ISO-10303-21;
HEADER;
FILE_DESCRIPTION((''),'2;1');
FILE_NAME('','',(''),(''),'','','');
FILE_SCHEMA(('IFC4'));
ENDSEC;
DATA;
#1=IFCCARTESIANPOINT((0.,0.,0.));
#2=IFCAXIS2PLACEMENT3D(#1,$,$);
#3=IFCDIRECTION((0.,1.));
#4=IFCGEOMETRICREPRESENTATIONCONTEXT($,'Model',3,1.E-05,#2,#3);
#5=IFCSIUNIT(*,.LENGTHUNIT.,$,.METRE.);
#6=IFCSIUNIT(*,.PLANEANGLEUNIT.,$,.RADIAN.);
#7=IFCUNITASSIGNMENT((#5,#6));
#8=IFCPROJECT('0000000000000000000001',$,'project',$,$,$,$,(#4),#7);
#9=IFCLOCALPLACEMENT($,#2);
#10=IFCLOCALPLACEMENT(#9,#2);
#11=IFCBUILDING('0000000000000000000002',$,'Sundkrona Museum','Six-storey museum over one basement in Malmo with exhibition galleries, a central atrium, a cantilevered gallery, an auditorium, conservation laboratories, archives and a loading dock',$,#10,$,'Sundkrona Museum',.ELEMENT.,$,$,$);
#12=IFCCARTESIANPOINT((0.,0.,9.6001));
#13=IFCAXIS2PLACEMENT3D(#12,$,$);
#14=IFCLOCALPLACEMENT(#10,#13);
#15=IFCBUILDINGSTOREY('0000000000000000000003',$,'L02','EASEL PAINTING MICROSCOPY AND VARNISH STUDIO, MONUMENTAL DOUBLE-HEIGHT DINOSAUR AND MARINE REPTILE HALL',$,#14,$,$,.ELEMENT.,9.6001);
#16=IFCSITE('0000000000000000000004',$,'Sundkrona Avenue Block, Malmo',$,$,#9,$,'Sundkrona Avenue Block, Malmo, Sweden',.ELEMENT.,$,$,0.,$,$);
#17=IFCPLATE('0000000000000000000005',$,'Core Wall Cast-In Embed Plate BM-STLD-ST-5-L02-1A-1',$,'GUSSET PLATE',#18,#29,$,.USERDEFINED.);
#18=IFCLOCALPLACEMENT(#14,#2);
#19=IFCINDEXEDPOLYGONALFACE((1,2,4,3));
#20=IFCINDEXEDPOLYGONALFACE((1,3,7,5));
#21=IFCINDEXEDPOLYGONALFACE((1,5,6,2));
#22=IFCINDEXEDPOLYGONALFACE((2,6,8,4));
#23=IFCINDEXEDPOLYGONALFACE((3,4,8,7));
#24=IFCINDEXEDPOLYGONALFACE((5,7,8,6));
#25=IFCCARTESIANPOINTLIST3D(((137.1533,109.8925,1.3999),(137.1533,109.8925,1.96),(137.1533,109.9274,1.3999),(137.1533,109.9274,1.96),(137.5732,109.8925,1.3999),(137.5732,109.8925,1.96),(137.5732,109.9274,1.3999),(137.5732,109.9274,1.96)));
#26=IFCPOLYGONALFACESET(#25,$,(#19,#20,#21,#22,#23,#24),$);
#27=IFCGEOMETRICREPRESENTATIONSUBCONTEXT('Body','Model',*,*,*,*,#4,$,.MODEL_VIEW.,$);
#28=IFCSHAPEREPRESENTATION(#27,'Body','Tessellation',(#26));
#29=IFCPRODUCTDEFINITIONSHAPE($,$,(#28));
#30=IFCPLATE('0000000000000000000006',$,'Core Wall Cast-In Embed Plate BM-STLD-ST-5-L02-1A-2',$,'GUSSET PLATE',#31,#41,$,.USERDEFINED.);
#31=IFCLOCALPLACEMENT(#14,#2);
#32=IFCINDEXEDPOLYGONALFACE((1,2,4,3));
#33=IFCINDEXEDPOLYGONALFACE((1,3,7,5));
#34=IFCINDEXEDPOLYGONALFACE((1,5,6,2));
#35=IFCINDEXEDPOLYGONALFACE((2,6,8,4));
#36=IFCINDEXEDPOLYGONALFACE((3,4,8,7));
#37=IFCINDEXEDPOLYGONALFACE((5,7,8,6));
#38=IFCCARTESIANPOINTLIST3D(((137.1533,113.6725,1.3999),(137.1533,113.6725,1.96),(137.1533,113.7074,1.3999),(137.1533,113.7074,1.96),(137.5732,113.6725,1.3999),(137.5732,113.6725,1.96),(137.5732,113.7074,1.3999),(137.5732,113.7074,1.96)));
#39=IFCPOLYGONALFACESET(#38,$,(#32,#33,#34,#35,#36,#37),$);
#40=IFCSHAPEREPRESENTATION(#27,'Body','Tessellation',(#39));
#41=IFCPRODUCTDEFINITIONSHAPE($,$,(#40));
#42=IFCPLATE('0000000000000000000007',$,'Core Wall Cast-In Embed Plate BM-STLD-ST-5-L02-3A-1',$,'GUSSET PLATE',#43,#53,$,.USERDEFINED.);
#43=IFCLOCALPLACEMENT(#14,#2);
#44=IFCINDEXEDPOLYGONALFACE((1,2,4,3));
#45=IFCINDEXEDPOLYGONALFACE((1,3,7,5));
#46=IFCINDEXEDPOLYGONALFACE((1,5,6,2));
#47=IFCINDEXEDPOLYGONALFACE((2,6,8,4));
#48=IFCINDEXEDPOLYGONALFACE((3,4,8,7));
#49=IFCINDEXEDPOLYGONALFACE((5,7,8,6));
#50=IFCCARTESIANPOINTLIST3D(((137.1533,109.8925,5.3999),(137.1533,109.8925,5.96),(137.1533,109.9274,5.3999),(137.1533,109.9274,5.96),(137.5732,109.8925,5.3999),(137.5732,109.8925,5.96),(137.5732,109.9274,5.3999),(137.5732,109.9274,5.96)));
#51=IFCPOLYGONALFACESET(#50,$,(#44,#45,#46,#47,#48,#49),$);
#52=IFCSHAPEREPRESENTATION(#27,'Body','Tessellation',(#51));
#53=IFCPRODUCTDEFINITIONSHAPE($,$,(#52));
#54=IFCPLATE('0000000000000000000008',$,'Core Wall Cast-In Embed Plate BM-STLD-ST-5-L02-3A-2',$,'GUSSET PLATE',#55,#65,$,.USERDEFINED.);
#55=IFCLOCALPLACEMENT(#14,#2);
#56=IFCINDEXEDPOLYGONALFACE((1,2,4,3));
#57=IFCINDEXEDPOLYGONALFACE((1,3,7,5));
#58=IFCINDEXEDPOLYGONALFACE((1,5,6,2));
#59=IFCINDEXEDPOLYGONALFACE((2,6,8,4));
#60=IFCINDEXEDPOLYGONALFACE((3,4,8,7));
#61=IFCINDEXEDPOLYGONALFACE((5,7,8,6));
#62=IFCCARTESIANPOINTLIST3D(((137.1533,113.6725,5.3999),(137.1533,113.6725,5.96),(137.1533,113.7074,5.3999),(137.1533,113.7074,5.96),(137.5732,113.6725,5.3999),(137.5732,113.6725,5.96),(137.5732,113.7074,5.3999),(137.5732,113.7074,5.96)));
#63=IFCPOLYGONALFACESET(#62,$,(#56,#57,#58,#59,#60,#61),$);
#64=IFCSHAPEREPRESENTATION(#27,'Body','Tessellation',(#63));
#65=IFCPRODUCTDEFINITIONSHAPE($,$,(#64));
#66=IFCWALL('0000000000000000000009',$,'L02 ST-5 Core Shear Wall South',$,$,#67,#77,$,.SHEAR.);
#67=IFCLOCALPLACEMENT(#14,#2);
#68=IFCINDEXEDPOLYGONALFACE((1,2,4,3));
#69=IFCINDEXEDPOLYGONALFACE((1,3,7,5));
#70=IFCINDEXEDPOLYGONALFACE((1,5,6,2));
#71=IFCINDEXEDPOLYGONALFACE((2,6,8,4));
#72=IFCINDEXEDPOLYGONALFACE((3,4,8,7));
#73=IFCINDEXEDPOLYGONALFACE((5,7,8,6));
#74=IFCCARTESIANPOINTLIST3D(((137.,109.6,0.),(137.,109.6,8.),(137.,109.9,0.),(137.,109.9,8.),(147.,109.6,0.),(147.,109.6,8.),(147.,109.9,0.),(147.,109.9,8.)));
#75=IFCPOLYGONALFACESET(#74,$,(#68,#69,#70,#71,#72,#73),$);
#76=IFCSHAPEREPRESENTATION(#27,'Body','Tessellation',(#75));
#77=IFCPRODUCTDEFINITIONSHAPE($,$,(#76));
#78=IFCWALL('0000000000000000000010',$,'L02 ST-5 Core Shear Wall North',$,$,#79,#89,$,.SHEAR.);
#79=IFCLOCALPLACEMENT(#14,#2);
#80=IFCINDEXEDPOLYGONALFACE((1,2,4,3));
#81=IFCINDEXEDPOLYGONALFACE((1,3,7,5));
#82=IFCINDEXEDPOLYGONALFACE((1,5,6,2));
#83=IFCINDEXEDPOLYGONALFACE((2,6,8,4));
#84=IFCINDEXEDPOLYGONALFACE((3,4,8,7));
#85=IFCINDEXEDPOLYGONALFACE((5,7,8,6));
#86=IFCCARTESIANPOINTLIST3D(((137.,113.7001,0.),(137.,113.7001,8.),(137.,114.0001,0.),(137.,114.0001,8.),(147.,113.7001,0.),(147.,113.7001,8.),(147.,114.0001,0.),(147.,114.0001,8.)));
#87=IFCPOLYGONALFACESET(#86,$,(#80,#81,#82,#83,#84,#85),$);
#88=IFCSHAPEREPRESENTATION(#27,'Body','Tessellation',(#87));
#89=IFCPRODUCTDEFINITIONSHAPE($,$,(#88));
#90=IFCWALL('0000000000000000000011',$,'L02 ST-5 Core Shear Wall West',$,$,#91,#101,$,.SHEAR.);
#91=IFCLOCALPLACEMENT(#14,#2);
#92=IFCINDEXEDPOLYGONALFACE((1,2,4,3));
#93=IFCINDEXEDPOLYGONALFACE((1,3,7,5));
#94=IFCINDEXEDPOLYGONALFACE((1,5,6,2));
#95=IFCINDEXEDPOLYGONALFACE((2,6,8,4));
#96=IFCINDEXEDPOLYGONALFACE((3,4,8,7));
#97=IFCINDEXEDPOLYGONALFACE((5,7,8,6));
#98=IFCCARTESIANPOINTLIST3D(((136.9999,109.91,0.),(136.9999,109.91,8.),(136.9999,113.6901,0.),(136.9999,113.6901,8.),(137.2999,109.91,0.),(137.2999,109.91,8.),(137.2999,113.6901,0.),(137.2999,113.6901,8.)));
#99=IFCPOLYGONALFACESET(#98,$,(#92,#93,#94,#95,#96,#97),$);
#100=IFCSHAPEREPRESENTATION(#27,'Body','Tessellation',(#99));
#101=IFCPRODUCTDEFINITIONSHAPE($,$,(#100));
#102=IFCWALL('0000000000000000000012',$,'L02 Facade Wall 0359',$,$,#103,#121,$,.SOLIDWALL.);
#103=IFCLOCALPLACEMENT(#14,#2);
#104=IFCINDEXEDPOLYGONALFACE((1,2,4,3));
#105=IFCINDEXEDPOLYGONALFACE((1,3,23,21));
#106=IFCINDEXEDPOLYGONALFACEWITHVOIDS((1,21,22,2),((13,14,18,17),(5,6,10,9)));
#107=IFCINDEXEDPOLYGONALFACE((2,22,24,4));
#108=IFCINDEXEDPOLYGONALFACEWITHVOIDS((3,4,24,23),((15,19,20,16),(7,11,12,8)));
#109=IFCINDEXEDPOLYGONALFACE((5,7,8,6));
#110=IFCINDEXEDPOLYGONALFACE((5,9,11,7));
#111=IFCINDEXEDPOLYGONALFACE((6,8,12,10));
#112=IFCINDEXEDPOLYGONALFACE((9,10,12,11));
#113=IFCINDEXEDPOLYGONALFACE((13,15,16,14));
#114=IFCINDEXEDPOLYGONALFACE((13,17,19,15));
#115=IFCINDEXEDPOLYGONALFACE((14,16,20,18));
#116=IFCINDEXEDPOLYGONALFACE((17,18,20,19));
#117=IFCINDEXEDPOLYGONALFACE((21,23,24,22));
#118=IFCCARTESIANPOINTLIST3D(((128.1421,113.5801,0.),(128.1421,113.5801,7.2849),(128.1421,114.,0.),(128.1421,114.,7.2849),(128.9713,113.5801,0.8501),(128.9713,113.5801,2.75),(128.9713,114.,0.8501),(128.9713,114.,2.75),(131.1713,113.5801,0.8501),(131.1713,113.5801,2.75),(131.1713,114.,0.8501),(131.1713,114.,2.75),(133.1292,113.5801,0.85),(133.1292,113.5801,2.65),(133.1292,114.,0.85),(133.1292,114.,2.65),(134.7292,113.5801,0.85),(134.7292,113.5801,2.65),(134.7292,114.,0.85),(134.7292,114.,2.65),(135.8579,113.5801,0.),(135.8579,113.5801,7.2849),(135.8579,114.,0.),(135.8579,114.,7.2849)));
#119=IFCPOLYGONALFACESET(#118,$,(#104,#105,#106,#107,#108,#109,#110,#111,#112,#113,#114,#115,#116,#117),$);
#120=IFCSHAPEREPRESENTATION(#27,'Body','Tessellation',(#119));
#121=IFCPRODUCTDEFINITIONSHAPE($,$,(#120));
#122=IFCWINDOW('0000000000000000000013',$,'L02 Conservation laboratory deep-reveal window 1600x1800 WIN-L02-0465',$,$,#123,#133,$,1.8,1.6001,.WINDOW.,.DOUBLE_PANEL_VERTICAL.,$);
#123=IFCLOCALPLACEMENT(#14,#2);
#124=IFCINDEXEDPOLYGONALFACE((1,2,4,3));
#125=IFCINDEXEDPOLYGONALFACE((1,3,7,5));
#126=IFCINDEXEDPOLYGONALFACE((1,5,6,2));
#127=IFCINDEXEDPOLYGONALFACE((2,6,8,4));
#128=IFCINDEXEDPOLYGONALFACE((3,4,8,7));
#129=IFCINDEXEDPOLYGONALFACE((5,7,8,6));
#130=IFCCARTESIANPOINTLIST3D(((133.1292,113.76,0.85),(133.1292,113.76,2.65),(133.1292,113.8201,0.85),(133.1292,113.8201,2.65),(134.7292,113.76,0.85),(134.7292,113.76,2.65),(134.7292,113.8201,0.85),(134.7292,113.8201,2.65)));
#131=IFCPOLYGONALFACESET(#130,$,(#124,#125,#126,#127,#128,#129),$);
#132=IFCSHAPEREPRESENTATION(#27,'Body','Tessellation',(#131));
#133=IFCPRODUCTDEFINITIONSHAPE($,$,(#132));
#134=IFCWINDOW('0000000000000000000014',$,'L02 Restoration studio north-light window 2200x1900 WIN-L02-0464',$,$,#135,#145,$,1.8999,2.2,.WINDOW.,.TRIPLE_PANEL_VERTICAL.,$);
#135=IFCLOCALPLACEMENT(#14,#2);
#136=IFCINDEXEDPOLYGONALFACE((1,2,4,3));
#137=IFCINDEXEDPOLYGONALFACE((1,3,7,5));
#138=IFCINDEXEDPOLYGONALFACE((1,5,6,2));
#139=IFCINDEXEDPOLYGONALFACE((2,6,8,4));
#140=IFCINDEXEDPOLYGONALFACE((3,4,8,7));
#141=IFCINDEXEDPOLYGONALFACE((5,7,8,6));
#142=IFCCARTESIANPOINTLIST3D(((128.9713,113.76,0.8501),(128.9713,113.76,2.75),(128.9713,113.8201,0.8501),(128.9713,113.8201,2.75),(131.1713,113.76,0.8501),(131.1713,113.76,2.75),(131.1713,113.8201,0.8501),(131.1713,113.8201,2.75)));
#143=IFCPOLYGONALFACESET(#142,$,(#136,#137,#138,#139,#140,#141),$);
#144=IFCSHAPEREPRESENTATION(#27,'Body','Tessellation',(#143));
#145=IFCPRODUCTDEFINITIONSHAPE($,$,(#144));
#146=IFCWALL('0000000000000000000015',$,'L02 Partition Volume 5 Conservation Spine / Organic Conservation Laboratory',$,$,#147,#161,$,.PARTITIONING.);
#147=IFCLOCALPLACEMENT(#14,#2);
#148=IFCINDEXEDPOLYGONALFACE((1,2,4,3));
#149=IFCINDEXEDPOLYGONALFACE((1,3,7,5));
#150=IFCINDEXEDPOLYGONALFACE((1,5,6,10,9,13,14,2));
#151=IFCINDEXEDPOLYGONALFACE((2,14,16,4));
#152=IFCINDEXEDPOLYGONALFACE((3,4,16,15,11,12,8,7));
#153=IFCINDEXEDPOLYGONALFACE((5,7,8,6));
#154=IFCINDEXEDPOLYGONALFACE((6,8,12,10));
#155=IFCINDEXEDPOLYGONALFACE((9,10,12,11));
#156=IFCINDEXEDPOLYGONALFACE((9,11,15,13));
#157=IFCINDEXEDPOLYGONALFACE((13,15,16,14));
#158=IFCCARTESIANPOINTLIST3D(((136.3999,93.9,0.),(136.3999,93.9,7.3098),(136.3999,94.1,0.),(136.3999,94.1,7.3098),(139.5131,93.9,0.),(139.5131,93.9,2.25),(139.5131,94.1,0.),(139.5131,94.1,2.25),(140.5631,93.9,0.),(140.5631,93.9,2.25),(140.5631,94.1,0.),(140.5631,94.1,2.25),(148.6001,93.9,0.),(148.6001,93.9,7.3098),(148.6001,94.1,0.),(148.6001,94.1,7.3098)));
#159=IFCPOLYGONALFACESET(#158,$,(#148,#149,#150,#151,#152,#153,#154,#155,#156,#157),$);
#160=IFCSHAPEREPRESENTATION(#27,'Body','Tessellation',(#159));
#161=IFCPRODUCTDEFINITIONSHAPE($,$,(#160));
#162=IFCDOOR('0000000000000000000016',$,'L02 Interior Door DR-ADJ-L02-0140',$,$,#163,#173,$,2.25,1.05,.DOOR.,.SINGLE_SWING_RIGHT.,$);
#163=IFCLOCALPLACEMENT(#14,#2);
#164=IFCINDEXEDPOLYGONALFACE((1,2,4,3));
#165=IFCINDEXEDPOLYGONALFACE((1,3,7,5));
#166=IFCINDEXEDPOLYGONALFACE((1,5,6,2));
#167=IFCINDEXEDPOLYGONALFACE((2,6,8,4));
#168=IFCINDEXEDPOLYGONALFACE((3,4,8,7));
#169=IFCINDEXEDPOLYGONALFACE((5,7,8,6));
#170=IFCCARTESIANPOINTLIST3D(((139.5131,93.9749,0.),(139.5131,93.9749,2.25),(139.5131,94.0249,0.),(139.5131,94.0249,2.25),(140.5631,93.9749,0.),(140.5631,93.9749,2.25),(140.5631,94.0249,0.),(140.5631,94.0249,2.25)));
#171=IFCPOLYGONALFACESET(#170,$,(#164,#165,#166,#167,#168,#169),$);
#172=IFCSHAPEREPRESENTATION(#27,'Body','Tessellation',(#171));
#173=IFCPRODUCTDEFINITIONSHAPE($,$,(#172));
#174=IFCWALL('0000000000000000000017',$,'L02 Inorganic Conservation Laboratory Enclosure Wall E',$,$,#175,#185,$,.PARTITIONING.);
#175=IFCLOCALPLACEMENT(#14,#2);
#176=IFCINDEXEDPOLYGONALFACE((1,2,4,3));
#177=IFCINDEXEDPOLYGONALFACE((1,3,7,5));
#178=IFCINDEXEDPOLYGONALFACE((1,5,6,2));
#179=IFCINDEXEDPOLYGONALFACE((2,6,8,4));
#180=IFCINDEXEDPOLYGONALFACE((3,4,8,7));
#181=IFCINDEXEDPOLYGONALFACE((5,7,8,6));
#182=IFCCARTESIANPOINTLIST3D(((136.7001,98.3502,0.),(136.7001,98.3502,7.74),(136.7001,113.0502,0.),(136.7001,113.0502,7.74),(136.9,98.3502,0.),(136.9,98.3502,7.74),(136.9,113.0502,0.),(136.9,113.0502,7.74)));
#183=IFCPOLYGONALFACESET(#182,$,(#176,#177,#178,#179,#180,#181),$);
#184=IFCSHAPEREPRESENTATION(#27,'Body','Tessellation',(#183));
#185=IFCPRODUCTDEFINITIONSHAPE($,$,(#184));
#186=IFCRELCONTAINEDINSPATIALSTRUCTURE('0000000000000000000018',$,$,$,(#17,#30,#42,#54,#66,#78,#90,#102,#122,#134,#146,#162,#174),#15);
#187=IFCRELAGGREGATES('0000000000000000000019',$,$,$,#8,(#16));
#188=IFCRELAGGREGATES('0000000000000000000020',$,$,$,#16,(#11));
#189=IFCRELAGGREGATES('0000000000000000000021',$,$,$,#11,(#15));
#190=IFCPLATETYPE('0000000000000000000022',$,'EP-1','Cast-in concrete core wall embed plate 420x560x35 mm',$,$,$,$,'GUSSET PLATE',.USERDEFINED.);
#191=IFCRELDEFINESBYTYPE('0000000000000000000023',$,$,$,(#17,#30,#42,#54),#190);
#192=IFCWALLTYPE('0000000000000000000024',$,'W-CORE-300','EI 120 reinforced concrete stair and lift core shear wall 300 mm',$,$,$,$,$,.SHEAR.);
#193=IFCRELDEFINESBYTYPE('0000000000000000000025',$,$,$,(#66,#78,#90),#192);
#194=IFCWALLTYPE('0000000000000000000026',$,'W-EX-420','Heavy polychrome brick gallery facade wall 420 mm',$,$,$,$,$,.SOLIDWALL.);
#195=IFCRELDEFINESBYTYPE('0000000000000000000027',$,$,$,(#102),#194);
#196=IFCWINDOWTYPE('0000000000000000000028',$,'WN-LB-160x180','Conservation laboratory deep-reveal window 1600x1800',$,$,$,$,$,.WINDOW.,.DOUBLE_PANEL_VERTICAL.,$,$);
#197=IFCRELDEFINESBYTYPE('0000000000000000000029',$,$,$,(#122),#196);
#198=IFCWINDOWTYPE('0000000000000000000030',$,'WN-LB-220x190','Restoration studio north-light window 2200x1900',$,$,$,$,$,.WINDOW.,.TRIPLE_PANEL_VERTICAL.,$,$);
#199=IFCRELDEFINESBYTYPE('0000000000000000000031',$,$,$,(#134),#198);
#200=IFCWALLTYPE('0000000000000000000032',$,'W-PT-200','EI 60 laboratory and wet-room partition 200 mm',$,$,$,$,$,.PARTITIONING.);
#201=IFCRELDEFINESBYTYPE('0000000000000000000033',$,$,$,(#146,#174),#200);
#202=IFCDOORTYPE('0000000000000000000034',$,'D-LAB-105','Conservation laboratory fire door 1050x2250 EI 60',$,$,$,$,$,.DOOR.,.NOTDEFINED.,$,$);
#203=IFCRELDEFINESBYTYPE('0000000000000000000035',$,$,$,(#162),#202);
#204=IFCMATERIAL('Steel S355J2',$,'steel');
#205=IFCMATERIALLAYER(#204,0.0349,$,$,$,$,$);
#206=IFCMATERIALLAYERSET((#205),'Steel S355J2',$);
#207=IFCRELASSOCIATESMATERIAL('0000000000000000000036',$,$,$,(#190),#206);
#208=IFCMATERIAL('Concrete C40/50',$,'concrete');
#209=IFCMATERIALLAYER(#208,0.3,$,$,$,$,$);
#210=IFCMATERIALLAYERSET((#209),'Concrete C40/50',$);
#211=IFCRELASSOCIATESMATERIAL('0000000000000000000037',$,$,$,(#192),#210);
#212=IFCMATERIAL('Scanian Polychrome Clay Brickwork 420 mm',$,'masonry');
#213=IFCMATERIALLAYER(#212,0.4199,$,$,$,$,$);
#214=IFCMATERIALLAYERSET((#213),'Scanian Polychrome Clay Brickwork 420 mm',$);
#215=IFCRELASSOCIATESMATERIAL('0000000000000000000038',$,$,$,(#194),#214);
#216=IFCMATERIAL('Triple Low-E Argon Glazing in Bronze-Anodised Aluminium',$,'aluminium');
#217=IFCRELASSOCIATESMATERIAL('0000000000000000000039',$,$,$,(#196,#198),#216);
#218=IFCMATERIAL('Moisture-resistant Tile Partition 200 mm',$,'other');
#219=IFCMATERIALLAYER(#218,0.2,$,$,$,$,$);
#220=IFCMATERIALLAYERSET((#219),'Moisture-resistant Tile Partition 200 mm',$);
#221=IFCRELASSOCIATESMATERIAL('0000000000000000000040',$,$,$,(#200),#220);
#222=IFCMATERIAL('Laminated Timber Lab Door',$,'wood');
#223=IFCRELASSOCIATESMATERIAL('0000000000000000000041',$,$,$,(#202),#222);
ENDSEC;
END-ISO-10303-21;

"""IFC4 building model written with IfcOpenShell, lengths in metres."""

from ifc_helpers import new_model, si_unit, direction, frame, frame_2d, origin, origin_2d, place, context, subcontext, project, spatial, rectangle, extrude, material, layer, layer_set, type_object, element, fill, save


model = new_model("IFC4")

# Units and contexts
model_context = context("Model", 3, precision=1e-05, world=origin(), true_north=direction((0.0, 1.0)))
body_context = subcontext(model_context, "Body", "Model", "MODEL_VIEW")
ifc_project = project(units=[si_unit("LENGTHUNIT", "METRE"), si_unit("PLANEANGLEUNIT", "RADIAN")], contexts=[model_context])

# Site, building, storey
site_placement = place(None, origin())
site = spatial("IfcSite", under=ifc_project, at=site_placement, Name="Sundkrona Avenue Block, Malmo", LongName="Sundkrona Avenue Block, Malmo, Sweden", CompositionType="ELEMENT", RefElevation=0.0)
building_placement = place(site_placement, origin())
building = spatial("IfcBuilding", under=site, at=building_placement, Name="Sundkrona Museum", Description="Six-storey museum over one basement in Malmo with exhibition galleries, a central atrium, a cantilevered gallery, an auditorium, conservation laboratories, archives and a loading dock", LongName="Sundkrona Museum", CompositionType="ELEMENT")
storey_placement = place(building_placement, frame((0.0, 0.0, 9.6001)))
storey = spatial("IfcBuildingStorey", under=building, at=storey_placement, Name="L02", Description="EASEL PAINTING MICROSCOPY AND VARNISH STUDIO, MONUMENTAL DOUBLE-HEIGHT DINOSAUR AND MARINE REPTILE HALL", CompositionType="ELEMENT", Elevation=9.6001)

# Shared definitions
ifc_material_1 = material(Name="Steel S355J2", Category="steel")

# Plates
ifc_layer_1 = layer(ifc_material_1, 0.0349)
ifc_layer_set_1 = layer_set([ifc_layer_1], Name="Steel S355J2")
plate_type = type_object("IfcPlateType", Name="EP-1", Description="Cast-in concrete core wall embed plate 420x560x35 mm", ElementType="GUSSET PLATE", PredefinedType="USERDEFINED", material=ifc_layer_set_1)
for number, where, z_axis, x_axis, name in (
    (1, (137.3633, 109.9099, 1.3999), (0.0, 0.0, 1.0), (1.0, 0.0, 0.0), "Core Wall Cast-In Embed Plate BM-STLD-ST-5-L02-1A-1"),
    (2, (137.3633, 113.6899, 1.3999), (0.0, 0.0, 1.0), (1.0, 0.0, 0.0), "Core Wall Cast-In Embed Plate BM-STLD-ST-5-L02-1A-2"),
    (3, (137.3633, 109.9099, 5.3999), (0.0, 0.0, 1.0), (1.0, 0.0, 0.0), "Core Wall Cast-In Embed Plate BM-STLD-ST-5-L02-3A-1"),
    (4, (137.3633, 113.6899, 5.3999), (0.0, 0.0, 1.0), (1.0, 0.0, 0.0), "Core Wall Cast-In Embed Plate BM-STLD-ST-5-L02-3A-2"),
):
    element("IfcPlate", number, at=place(storey_placement, frame(where, z_axis=z_axis, x_axis=x_axis)), inside=storey, type_object=plate_type, Name=name, ObjectType="GUSSET PLATE", PredefinedType="USERDEFINED", context=body_context, shape_type="SweptSolid", body=[
        extrude(rectangle(XDim=0.4199, YDim=0.0349, at=origin_2d()), origin(), (0.0, 0.0, 1.0), 0.5601),
    ])

# Walls
ifc_material_2 = material(Name="Concrete C40/50", Category="concrete")
ifc_layer_2 = layer(ifc_material_2, 0.3)
ifc_layer_set_2 = layer_set([ifc_layer_2], Name="Concrete C40/50")
wall_type_1 = type_object("IfcWallType", Name="W-CORE-300", Description="EI 120 reinforced concrete stair and lift core shear wall 300 mm", PredefinedType="SHEAR", material=ifc_layer_set_2)
for number, where, z_axis, x_axis, name in (
    (5, (137.0, 109.75, 0.0), (0.0, 0.0, 1.0), (1.0, 0.0, 0.0), "L02 ST-5 Core Shear Wall South"),
    (6, (137.0, 113.8501, 0.0), (0.0, 0.0, 1.0), (1.0, 0.0, 0.0), "L02 ST-5 Core Shear Wall North"),
):
    element("IfcWall", number, at=place(storey_placement, frame(where, z_axis=z_axis, x_axis=x_axis)), inside=storey, type_object=wall_type_1, Name=name, PredefinedType="SHEAR", context=body_context, shape_type="SweptSolid", body=[
        extrude(rectangle(XDim=10.0, YDim=0.3, at=frame_2d((5.0, 0.0))), origin(), (0.0, 0.0, 1.0), 8.0),
    ])
wall_1_placement = place(storey_placement, frame((137.1499, 109.9099, 0.0), z_axis=(0.0, 0.0, 1.0), x_axis=(0.0, 1.0, 0.0)))
element("IfcWall", 7, at=wall_1_placement, inside=storey, type_object=wall_type_1, Name="L02 ST-5 Core Shear Wall West", PredefinedType="SHEAR", context=body_context, shape_type="SweptSolid", body=[
    extrude(rectangle(XDim=3.78, YDim=0.3, at=frame_2d((1.8901, 0.0))), origin(), (0.0, 0.0, 1.0), 8.0),
])

# Wall, openings, windows
ifc_material_3 = material(Name="Scanian Polychrome Clay Brickwork 420 mm", Category="masonry")
ifc_layer_3 = layer(ifc_material_3, 0.4199)
ifc_layer_set_3 = layer_set([ifc_layer_3], Name="Scanian Polychrome Clay Brickwork 420 mm")
wall_type_2 = type_object("IfcWallType", Name="W-EX-420", Description="Heavy polychrome brick gallery facade wall 420 mm", PredefinedType="SOLIDWALL", material=ifc_layer_set_3)
wall_2_placement = place(storey_placement, frame((128.1421, 113.79, 0.0), z_axis=(0.0, 0.0, 1.0), x_axis=(1.0, 0.0, 0.0)))
wall_2 = element("IfcWall", 8, at=wall_2_placement, inside=storey, type_object=wall_type_2, Name="L02 Facade Wall 0359", PredefinedType="SOLIDWALL", context=body_context, shape_type="SweptSolid", body=[
    extrude(rectangle(XDim=7.7158, YDim=0.4199, at=frame_2d((3.8579, 0.0))), origin(), (0.0, 0.0, 1.0), 7.2849),
])
opening_1_placement = place(wall_2_placement, frame((0.8291, 0.0, 0.8501)))
opening_1 = element("IfcOpeningElement", 9, at=opening_1_placement, cuts=wall_2, PredefinedType="OPENING", context=body_context, shape_type="SweptSolid", body=[
    extrude(rectangle(XDim=2.2, YDim=1.8999, at=frame_2d((1.1001, 0.95))), frame((0.0, 0.22, 0.0), z_axis=(0.0, -1.0, 0.0), x_axis=(1.0, 0.0, 0.0)), (0.0, 0.0, 1.0), 0.4399),
])
opening_2_placement = place(wall_2_placement, frame((4.9871, 0.0, 0.8501)))
opening_2 = element("IfcOpeningElement", 10, at=opening_2_placement, cuts=wall_2, PredefinedType="OPENING", context=body_context, shape_type="SweptSolid", body=[
    extrude(rectangle(XDim=1.6001, YDim=1.8, at=frame_2d((0.8, 0.8999))), frame((0.0, 0.22, 0.0), z_axis=(0.0, -1.0, 0.0), x_axis=(1.0, 0.0, 0.0)), (0.0, 0.0, 1.0), 0.4399),
])
ifc_material_4 = material(Name="Triple Low-E Argon Glazing in Bronze-Anodised Aluminium", Category="aluminium")
window_type_1 = type_object("IfcWindowType", Name="WN-LB-160x180", Description="Conservation laboratory deep-reveal window 1600x1800", PartitioningType="DOUBLE_PANEL_VERTICAL", PredefinedType="WINDOW", material=ifc_material_4)
window_1_placement = place(opening_2_placement, origin())
window_1 = element("IfcWindow", 11, at=window_1_placement, inside=storey, type_object=window_type_1, Name="L02 Conservation laboratory deep-reveal window 1600x1800 WIN-L02-0465", OverallHeight=1.8, OverallWidth=1.6001, PartitioningType="DOUBLE_PANEL_VERTICAL", PredefinedType="WINDOW", context=body_context, shape_type="SweptSolid", body=[
    extrude(rectangle(XDim=1.6001, YDim=1.8, at=frame_2d((0.8, 0.8999))), frame((0.0, 0.03, 0.0), z_axis=(0.0, -1.0, 0.0), x_axis=(1.0, 0.0, 0.0)), (0.0, 0.0, 1.0), 0.0601),
])
fill(opening_2, window_1)
window_type_2 = type_object("IfcWindowType", Name="WN-LB-220x190", Description="Restoration studio north-light window 2200x1900", PartitioningType="TRIPLE_PANEL_VERTICAL", PredefinedType="WINDOW", material=ifc_material_4)
window_2_placement = place(opening_1_placement, origin())
window_2 = element("IfcWindow", 12, at=window_2_placement, inside=storey, type_object=window_type_2, Name="L02 Restoration studio north-light window 2200x1900 WIN-L02-0464", OverallHeight=1.8999, OverallWidth=2.2, PartitioningType="TRIPLE_PANEL_VERTICAL", PredefinedType="WINDOW", context=body_context, shape_type="SweptSolid", body=[
    extrude(rectangle(XDim=2.2, YDim=1.8999, at=frame_2d((1.1001, 0.95))), frame((0.0, 0.03, 0.0), z_axis=(0.0, -1.0, 0.0), x_axis=(1.0, 0.0, 0.0)), (0.0, 0.0, 1.0), 0.0601),
])
fill(opening_1, window_2)

# Wall, opening, door
ifc_material_5 = material(Name="Moisture-resistant Tile Partition 200 mm", Category="other")
ifc_layer_4 = layer(ifc_material_5, 0.2)
ifc_layer_set_4 = layer_set([ifc_layer_4], Name="Moisture-resistant Tile Partition 200 mm")
wall_type_3 = type_object("IfcWallType", Name="W-PT-200", Description="EI 60 laboratory and wet-room partition 200 mm", PredefinedType="PARTITIONING", material=ifc_layer_set_4)
wall_3_placement = place(storey_placement, frame((136.3999, 94.0, 0.0), z_axis=(0.0, 0.0, 1.0), x_axis=(1.0, 0.0, 0.0)))
wall_3 = element("IfcWall", 13, at=wall_3_placement, inside=storey, type_object=wall_type_3, Name="L02 Partition Volume 5 Conservation Spine / Organic Conservation Laboratory", PredefinedType="PARTITIONING", context=body_context, shape_type="SweptSolid", body=[
    extrude(rectangle(XDim=12.2002, YDim=0.2, at=frame_2d((6.1001, 0.0))), origin(), (0.0, 0.0, 1.0), 7.3098),
])
opening_3_placement = place(wall_3_placement, frame((3.1133, 0.0, 0.0)))
opening_3 = element("IfcOpeningElement", 14, at=opening_3_placement, cuts=wall_3, PredefinedType="OPENING", context=body_context, shape_type="SweptSolid", body=[
    extrude(rectangle(XDim=1.05, YDim=2.25, at=frame_2d((0.5249, 1.125))), frame((0.0, 0.1099, 0.0), z_axis=(0.0, -1.0, 0.0), x_axis=(1.0, 0.0, 0.0)), (0.0, 0.0, 1.0), 0.22),
])
ifc_material_6 = material(Name="Laminated Timber Lab Door", Category="wood")
door_type = type_object("IfcDoorType", Name="D-LAB-105", Description="Conservation laboratory fire door 1050x2250 EI 60", OperationType="NOTDEFINED", PredefinedType="DOOR", material=ifc_material_6)
door_placement = place(opening_3_placement, origin())
door = element("IfcDoor", 15, at=door_placement, inside=storey, type_object=door_type, Name="L02 Interior Door DR-ADJ-L02-0140", OperationType="SINGLE_SWING_RIGHT", OverallHeight=2.25, OverallWidth=1.05, PredefinedType="DOOR", context=body_context, shape_type="SweptSolid", body=[
    extrude(rectangle(XDim=1.05, YDim=2.25, at=frame_2d((0.5249, 1.125))), frame((0.0, 0.0249, 0.0), z_axis=(0.0, -1.0, 0.0), x_axis=(1.0, 0.0, 0.0)), (0.0, 0.0, 1.0), 0.05),
])
fill(opening_3, door)

# Wall
wall_4_placement = place(storey_placement, frame((136.8, 98.3501, 0.0), z_axis=(0.0, 0.0, 1.0), x_axis=(0.0, 1.0, 0.0)))
element("IfcWall", 16, at=wall_4_placement, inside=storey, type_object=wall_type_3, Name="L02 Inorganic Conservation Laboratory Enclosure Wall E", PredefinedType="PARTITIONING", context=body_context, shape_type="SweptSolid", body=[
    extrude(rectangle(XDim=14.7, YDim=0.2, at=frame_2d((7.3501, 0.0))), origin(), (0.0, 0.0, 1.0), 7.74),
])

save(model, "model.ifc")
